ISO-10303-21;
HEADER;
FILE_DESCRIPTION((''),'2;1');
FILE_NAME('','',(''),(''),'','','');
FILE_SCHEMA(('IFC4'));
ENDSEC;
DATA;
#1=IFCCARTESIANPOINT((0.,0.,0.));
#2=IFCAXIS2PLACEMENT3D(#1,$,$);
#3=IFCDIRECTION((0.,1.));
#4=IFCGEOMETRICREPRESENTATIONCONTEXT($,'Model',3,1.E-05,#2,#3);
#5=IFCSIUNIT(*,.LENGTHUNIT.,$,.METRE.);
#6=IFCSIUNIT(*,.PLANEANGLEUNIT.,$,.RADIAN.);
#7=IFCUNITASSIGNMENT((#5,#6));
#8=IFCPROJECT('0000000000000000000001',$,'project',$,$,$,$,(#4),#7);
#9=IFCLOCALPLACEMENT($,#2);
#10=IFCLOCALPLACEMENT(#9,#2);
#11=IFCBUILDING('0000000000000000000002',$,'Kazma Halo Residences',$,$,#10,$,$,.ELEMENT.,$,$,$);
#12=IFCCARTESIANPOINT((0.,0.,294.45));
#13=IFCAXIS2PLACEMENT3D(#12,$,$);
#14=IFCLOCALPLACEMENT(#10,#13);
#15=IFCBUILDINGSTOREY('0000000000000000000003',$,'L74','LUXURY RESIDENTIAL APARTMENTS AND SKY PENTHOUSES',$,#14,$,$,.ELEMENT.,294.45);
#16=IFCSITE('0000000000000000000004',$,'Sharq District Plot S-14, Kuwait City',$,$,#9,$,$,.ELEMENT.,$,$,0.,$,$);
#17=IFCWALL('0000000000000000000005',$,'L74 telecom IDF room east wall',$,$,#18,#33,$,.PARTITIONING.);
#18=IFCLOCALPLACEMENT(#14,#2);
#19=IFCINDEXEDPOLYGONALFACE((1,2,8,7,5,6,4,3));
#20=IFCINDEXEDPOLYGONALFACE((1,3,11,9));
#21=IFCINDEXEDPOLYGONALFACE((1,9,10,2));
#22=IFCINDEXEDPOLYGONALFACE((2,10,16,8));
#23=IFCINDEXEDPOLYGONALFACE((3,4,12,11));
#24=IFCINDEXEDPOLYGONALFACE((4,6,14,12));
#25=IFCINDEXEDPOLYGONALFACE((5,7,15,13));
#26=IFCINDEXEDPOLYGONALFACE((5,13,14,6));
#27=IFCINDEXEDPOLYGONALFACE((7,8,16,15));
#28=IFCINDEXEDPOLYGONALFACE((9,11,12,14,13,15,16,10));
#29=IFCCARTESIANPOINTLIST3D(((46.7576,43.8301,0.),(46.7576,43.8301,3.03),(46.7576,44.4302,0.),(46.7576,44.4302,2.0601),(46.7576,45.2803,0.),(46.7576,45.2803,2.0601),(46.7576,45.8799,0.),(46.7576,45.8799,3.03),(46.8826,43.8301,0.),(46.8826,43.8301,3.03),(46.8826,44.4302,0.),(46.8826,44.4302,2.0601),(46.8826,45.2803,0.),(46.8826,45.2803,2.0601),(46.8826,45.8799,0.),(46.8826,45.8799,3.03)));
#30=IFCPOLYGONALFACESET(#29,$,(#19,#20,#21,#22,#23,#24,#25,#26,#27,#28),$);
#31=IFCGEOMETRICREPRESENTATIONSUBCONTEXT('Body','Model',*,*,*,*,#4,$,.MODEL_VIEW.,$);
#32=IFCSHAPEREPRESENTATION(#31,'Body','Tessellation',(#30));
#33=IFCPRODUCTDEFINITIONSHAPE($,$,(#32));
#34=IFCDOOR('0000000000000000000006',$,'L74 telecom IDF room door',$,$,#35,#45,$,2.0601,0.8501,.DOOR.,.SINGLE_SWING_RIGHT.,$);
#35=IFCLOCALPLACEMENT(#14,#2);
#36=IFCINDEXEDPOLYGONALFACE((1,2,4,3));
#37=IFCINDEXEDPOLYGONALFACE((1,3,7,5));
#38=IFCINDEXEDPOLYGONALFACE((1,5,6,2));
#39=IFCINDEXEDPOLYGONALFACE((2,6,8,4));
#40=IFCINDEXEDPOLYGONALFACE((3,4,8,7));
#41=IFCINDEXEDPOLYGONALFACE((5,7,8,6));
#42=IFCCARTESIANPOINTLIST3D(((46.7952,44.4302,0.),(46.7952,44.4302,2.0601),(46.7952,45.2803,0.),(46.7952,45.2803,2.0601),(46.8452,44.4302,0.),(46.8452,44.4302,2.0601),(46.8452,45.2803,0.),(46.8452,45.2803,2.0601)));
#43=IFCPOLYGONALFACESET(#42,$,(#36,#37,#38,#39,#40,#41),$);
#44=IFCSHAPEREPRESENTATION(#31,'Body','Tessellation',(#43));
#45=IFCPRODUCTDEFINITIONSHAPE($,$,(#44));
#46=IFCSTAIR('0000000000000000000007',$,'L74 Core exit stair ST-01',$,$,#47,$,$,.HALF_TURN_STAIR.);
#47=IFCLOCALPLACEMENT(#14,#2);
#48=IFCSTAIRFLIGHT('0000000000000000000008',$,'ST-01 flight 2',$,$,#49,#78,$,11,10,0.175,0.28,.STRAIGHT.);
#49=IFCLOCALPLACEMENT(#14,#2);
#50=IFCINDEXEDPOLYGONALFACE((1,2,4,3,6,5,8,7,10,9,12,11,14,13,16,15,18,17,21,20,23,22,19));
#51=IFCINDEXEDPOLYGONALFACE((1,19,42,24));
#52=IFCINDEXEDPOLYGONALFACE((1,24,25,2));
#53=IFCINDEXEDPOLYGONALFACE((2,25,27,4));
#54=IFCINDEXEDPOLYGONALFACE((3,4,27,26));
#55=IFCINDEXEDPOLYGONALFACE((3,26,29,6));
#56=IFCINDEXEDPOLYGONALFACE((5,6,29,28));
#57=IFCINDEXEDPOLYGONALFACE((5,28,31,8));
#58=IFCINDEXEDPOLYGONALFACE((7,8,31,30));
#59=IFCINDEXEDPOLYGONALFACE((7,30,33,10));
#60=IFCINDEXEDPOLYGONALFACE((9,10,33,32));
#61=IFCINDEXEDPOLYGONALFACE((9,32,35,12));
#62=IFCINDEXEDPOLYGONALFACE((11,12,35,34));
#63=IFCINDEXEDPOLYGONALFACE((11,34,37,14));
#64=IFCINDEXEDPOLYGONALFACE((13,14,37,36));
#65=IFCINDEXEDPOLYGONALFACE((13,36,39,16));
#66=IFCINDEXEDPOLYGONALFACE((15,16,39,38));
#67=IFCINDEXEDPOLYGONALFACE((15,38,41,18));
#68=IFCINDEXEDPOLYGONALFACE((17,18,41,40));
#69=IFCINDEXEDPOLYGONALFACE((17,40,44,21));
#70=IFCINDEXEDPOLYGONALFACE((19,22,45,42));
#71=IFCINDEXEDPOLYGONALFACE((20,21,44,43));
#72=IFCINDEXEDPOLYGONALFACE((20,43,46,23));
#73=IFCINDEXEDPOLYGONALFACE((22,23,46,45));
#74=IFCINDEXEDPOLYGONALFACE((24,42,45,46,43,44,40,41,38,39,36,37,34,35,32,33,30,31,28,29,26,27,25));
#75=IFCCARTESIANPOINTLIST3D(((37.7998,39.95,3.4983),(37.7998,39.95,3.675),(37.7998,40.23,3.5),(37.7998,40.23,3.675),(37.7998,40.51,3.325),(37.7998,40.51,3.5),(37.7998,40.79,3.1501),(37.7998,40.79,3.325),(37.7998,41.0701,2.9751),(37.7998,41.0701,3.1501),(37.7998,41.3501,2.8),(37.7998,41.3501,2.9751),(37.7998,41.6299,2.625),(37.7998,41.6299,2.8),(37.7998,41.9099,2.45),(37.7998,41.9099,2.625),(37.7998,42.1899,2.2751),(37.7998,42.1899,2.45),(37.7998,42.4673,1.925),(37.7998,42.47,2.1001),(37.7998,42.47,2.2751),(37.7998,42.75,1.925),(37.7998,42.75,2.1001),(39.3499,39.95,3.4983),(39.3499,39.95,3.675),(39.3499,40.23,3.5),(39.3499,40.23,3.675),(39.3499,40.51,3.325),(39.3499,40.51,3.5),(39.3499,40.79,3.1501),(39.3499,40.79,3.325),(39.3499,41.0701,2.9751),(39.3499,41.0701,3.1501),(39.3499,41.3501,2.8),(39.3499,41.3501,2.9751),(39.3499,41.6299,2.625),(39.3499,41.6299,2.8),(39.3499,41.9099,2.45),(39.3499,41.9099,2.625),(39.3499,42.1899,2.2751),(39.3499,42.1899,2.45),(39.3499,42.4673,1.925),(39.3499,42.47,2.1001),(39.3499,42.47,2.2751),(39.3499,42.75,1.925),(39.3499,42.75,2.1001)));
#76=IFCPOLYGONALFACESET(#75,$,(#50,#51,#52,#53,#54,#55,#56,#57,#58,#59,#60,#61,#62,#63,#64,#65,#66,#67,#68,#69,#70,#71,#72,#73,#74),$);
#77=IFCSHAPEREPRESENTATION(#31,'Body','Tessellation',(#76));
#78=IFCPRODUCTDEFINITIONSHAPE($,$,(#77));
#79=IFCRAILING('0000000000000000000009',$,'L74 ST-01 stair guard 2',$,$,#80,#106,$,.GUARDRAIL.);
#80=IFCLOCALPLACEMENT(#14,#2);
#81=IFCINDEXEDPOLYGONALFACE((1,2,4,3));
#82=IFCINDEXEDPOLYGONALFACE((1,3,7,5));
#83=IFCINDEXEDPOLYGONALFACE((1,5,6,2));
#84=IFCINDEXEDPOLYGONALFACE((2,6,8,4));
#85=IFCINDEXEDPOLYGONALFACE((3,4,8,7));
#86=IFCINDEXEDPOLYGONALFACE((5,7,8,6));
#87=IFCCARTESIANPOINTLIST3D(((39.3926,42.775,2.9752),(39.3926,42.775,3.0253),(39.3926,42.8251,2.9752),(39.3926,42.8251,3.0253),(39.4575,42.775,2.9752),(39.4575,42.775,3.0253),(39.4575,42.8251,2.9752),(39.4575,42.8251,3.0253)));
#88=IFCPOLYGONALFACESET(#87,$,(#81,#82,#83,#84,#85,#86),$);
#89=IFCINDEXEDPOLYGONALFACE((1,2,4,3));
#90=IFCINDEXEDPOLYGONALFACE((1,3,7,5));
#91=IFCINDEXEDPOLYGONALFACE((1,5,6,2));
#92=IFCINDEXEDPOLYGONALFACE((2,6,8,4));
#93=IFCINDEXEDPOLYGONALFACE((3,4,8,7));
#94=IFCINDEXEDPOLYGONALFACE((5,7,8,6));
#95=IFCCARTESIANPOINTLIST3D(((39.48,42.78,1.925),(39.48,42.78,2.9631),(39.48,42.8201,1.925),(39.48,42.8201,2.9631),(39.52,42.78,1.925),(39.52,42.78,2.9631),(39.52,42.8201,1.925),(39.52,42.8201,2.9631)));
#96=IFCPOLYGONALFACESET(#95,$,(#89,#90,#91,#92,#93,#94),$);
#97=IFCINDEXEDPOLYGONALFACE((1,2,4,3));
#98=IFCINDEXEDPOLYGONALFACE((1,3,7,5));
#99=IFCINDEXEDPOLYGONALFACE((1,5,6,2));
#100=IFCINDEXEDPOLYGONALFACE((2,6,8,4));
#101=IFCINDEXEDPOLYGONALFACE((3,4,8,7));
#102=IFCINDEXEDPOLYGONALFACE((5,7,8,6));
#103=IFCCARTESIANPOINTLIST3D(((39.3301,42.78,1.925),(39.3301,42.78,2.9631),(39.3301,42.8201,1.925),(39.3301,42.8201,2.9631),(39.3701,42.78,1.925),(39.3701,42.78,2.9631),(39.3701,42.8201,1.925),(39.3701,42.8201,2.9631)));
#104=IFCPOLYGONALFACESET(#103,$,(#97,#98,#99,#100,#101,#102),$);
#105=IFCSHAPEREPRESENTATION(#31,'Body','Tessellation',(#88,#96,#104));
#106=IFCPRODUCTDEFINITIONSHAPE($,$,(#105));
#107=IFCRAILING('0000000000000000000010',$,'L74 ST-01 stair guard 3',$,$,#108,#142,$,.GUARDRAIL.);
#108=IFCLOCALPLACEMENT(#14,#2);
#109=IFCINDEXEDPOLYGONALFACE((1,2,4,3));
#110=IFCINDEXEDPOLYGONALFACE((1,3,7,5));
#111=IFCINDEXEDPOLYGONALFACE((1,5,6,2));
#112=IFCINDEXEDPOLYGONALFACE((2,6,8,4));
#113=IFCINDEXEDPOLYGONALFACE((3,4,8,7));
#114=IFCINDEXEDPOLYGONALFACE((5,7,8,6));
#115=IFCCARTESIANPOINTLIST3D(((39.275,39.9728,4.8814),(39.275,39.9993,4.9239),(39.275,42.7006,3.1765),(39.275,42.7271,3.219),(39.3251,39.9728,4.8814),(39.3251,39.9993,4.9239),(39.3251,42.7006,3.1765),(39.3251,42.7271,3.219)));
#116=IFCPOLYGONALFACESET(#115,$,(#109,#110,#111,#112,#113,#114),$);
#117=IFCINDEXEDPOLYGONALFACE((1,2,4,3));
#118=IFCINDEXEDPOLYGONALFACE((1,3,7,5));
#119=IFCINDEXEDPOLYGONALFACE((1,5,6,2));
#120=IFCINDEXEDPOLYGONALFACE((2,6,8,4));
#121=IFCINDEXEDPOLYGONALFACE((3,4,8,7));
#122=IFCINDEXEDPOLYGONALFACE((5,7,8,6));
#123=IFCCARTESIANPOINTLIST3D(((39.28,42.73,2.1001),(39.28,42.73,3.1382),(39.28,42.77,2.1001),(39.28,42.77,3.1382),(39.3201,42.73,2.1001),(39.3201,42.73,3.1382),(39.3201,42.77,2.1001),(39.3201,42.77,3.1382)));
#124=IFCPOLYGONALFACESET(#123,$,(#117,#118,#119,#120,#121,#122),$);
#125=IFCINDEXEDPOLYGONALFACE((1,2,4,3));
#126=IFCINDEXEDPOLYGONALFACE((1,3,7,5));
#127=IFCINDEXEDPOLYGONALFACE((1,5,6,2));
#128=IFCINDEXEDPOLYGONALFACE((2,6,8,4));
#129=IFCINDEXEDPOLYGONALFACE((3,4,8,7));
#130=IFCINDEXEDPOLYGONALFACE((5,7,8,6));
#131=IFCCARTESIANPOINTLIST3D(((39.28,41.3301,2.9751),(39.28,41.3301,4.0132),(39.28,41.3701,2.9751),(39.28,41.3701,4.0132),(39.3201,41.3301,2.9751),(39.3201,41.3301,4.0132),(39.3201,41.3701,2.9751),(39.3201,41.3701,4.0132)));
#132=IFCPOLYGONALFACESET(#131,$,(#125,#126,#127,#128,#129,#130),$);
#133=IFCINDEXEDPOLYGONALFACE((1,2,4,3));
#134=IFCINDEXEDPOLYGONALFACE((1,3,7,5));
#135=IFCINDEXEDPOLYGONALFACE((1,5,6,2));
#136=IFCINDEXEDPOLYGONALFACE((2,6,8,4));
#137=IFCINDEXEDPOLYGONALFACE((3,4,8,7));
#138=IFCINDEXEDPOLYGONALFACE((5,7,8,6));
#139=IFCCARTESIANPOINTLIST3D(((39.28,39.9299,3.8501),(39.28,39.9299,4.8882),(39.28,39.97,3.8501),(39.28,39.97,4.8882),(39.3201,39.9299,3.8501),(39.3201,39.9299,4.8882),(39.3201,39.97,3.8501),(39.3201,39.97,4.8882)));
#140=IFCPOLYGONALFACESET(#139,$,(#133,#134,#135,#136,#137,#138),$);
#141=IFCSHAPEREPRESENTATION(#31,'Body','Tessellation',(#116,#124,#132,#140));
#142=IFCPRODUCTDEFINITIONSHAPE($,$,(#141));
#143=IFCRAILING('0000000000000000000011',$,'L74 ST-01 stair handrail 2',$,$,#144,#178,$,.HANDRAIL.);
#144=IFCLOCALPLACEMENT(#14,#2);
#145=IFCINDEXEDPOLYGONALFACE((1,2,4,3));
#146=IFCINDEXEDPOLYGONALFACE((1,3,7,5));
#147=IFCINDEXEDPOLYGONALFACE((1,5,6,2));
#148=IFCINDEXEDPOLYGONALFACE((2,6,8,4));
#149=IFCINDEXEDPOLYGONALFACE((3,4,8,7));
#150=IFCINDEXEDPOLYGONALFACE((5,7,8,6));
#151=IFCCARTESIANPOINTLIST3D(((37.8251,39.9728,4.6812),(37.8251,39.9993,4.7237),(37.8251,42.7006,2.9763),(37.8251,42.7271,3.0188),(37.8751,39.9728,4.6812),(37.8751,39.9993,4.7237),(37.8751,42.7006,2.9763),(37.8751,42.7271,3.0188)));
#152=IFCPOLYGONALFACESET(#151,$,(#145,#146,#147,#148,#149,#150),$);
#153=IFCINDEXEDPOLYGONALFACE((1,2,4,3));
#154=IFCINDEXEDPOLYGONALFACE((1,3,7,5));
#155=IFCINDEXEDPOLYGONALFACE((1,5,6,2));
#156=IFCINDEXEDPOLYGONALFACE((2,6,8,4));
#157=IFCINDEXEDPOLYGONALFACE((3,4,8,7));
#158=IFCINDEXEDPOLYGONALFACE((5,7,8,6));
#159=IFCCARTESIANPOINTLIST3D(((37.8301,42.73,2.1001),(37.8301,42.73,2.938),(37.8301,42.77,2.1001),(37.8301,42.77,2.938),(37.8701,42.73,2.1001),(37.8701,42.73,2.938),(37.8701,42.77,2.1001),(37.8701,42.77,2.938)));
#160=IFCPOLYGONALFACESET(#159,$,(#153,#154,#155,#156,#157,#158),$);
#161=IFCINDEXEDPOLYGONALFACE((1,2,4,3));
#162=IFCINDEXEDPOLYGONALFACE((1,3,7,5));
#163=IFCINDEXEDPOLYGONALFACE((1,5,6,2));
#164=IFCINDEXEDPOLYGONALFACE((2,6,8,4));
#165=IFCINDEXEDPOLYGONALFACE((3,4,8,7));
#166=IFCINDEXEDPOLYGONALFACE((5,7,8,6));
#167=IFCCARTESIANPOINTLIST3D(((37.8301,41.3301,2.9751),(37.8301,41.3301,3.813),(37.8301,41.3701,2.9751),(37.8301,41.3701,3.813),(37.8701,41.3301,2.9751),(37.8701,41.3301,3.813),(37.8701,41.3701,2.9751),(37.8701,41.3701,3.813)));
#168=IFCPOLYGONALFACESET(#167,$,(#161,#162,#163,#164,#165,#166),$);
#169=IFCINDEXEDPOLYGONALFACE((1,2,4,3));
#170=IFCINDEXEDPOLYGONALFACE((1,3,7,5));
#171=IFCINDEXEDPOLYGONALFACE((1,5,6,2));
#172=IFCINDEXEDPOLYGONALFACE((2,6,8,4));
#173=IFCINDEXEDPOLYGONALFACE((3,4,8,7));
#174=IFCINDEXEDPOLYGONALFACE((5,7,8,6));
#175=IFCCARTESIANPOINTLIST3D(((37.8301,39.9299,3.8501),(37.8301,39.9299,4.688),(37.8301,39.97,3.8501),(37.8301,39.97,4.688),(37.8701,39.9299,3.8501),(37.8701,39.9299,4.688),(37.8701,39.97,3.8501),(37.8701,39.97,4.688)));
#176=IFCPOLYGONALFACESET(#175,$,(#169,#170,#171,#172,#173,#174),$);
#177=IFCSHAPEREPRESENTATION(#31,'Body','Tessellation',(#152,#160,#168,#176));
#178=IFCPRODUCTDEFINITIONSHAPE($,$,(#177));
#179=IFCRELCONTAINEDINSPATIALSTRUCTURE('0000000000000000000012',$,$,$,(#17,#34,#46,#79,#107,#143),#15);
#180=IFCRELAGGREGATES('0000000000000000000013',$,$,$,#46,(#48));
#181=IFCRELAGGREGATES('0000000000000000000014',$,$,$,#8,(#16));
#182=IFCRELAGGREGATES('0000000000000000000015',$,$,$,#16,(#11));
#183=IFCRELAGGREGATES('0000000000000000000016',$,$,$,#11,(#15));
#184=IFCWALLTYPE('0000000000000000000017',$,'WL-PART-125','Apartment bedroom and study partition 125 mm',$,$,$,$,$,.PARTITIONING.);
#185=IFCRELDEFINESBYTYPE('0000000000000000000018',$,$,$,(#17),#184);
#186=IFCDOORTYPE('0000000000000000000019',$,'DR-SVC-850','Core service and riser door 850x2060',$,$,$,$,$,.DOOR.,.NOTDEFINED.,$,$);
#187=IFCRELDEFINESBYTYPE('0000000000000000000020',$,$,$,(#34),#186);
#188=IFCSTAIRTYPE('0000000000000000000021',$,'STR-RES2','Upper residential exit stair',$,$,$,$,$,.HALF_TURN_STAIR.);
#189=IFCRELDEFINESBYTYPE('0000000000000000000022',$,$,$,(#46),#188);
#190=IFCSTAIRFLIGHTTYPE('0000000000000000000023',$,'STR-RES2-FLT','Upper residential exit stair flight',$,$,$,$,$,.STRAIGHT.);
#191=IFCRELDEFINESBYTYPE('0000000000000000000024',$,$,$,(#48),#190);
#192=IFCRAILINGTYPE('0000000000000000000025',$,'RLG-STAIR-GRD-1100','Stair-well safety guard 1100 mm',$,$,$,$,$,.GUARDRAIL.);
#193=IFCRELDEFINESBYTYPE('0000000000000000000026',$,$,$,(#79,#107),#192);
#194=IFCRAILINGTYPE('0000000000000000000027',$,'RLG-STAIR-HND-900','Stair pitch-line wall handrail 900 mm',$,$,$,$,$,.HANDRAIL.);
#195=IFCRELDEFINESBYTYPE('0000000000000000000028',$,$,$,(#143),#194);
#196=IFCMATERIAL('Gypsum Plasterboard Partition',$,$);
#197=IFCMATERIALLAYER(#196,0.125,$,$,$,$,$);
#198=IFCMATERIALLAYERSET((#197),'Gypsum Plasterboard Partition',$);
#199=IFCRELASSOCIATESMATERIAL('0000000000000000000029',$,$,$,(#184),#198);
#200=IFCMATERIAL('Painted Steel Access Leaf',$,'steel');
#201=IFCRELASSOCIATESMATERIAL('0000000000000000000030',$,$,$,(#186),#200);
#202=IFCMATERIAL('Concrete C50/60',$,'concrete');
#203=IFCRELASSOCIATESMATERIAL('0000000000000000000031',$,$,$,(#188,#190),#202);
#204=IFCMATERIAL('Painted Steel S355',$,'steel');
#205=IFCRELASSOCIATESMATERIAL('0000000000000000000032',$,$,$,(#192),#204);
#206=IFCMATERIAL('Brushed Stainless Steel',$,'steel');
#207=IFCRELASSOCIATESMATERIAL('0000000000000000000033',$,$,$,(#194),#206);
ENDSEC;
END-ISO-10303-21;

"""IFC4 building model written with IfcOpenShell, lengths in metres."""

from ifc_helpers import new_model, si_unit, direction, frame, frame_2d, origin, origin_2d, place, context, subcontext, project, spatial, polyline, rectangle, outline, extrude, material, layer, layer_set, type_object, element, fill, aggregate, save


model = new_model("IFC4")

# Units and contexts
model_context = context("Model", 3, precision=1e-05, world=origin(), true_north=direction((0.0, 1.0)))
body_context = subcontext(model_context, "Body", "Model", "MODEL_VIEW")
ifc_project = project(units=[si_unit("LENGTHUNIT", "METRE"), si_unit("PLANEANGLEUNIT", "RADIAN")], contexts=[model_context])

# Site, building, storey
site_placement = place(None, origin())
site = spatial("IfcSite", under=ifc_project, at=site_placement, Name="Sharq District Plot S-14, Kuwait City", CompositionType="ELEMENT", RefElevation=0.0)
building_placement = place(site_placement, origin())
building = spatial("IfcBuilding", under=site, at=building_placement, Name="Kazma Halo Residences", CompositionType="ELEMENT")
storey_placement = place(building_placement, frame((0.0, 0.0, 294.45)))
storey = spatial("IfcBuildingStorey", under=building, at=storey_placement, Name="L74", Description="LUXURY RESIDENTIAL APARTMENTS AND SKY PENTHOUSES", CompositionType="ELEMENT", Elevation=294.45)

# Shared definitions
ifc_material_1 = material(Name="Gypsum Plasterboard Partition")
ifc_layer_1 = layer(ifc_material_1, 0.125)
ifc_layer_set_1 = layer_set([ifc_layer_1], Name="Gypsum Plasterboard Partition")
wall_type_1 = type_object("IfcWallType", Name="WL-PART-125", Description="Apartment bedroom and study partition 125 mm", PredefinedType="PARTITIONING", material=ifc_layer_set_1)

# Shared definitions
ifc_material_2 = material(Name="Painted Steel Access Leaf", Category="steel")
door_type_1 = type_object("IfcDoorType", Name="DR-SVC-850", Description="Core service and riser door 850x2060", OperationType="NOTDEFINED", PredefinedType="DOOR", material=ifc_material_2)

# Wall, opening, door
wall_1_placement = place(storey_placement, frame((46.8201, 43.8301, 0.0), z_axis=(0.0, 0.0, 1.0), x_axis=(0.0, 1.0, 0.0)))
wall_1 = element("IfcWall", 1, at=wall_1_placement, inside=storey, type_object=wall_type_1, Name="L74 telecom IDF room east wall", PredefinedType="PARTITIONING", context=body_context, shape_type="SweptSolid", body=[
    extrude(rectangle(XDim=2.0498, YDim=0.125, at=frame_2d((1.0249, 0.0))), origin(), (0.0, 0.0, 1.0), 3.03),
])
opening_1_placement = place(wall_1_placement, frame((0.6001, 0.0, 0.0)))
opening_1 = element("IfcOpeningElement", 2, at=opening_1_placement, cuts=wall_1, PredefinedType="OPENING", context=body_context, shape_type="SweptSolid", body=[
    extrude(rectangle(XDim=0.8501, YDim=2.0601, at=frame_2d((0.425, 1.03))), frame((0.0, 0.0725, 0.0), z_axis=(0.0, -1.0, 0.0), x_axis=(1.0, 0.0, 0.0)), (0.0, 0.0, 1.0), 0.145),
])
door_1_placement = place(opening_1_placement, origin())
door_1 = element("IfcDoor", 3, at=door_1_placement, inside=storey, type_object=door_type_1, Name="L74 telecom IDF room door", OperationType="SINGLE_SWING_RIGHT", OverallHeight=2.0601, OverallWidth=0.8501, PredefinedType="DOOR", context=body_context, shape_type="SweptSolid", body=[
    extrude(rectangle(XDim=0.8501, YDim=2.0601, at=frame_2d((0.425, 1.03))), frame((0.0, 0.0249, 0.0), z_axis=(0.0, -1.0, 0.0), x_axis=(1.0, 0.0, 0.0)), (0.0, 0.0, 1.0), 0.05),
])
fill(opening_1, door_1)

# Stair, stair flight
ifc_material_3 = material(Name="Concrete C50/60", Category="concrete")
stair_type = type_object("IfcStairType", Name="STR-RES2", Description="Upper residential exit stair", PredefinedType="HALF_TURN_STAIR", material=ifc_material_3)
stair_placement = place(storey_placement, origin())
stair = element("IfcStair", 4, at=stair_placement, inside=storey, type_object=stair_type, Name="L74 Core exit stair ST-01", PredefinedType="HALF_TURN_STAIR")
stair_flight_type = type_object("IfcStairFlightType", Name="STR-RES2-FLT", Description="Upper residential exit stair flight", PredefinedType="STRAIGHT", material=ifc_material_3)
stair_flight_placement = place(storey_placement, frame((38.575, 42.75, 1.925), z_axis=(0.0, 0.0, 1.0), x_axis=(0.0, -1.0, 0.0)))
stair_flight = element("IfcStairFlight", 5, at=stair_flight_placement, type_object=stair_flight_type, Name="ST-01 flight 2", NumberOfRisers=11, NumberOfTreads=10, PredefinedType="STRAIGHT", RiserHeight=0.175, TreadLength=0.28, context=body_context, shape_type="SweptSolid", body=[
    extrude(outline(polyline([(0.0, 0.0), (0.0, 0.175), (0.28, 0.175), (0.28, 0.3501), (0.5601, 0.3501), (0.5601, 0.5249), (0.8401, 0.5249), (0.8401, 0.7), (1.1201, 0.7), (1.1201, 0.875), (1.3999, 0.875), (1.3999, 1.05), (1.6799, 1.05), (1.6799, 1.2251), (1.96, 1.2251), (1.96, 1.3999), (2.24, 1.3999), (2.24, 1.575), (2.52, 1.575), (2.52, 1.75), (2.8, 1.75), (2.8, 1.925), (2.8, 1.5732), (0.2827, 0.0), (0.0, 0.0)])), frame((0.0, 0.7749, 0.0), z_axis=(0.0, -1.0, 0.0), x_axis=(1.0, 0.0, 0.0)), (0.0, 0.0, 1.0), 1.55),
])
aggregate(stair, [stair_flight])

# Railings
ifc_material_4 = material(Name="Painted Steel S355", Category="steel")
railing_type_1 = type_object("IfcRailingType", Name="RLG-STAIR-GRD-1100", Description="Stair-well safety guard 1100 mm", PredefinedType="GUARDRAIL", material=ifc_material_4)
railing_1_placement = place(storey_placement, frame((39.5, 42.8, 1.925)))
element("IfcRailing", 6, at=railing_1_placement, inside=storey, type_object=railing_type_1, Name="L74 ST-01 stair guard 2", PredefinedType="GUARDRAIL", context=body_context, shape_type="SweptSolid", body=[
    extrude(rectangle(XDim=0.05, YDim=0.05, at=origin_2d()), frame((-0.0425, 0.0, 1.0752), z_axis=(-1.0, 0.0, 0.0), x_axis=(0.0, -1.0, 0.0)), (0.0, 0.0, 1.0), 0.0649),
    extrude(rectangle(XDim=0.04, YDim=0.04, at=origin_2d()), origin(), (0.0, 0.0, 1.0), 1.0381),
    extrude(rectangle(XDim=0.04, YDim=0.04, at=origin_2d()), frame((-0.1499, 0.0, 0.0)), (0.0, 0.0, 1.0), 1.0381),
])
railing_2_placement = place(storey_placement, frame((39.3, 42.75, 2.1001)))
element("IfcRailing", 7, at=railing_2_placement, inside=storey, type_object=railing_type_1, Name="L74 ST-01 stair guard 3", PredefinedType="GUARDRAIL", context=body_context, shape_type="SweptSolid", body=[
    extrude(rectangle(XDim=0.05, YDim=0.05, at=origin_2d()), frame((0.0, -0.0361, 1.0977), z_axis=(0.0, -0.848002, 0.529992), x_axis=(1.0, 0.0, 0.0)), (0.0, 0.0, 1.0), 3.2168),
    extrude(rectangle(XDim=0.04, YDim=0.04, at=origin_2d()), origin(), (0.0, 0.0, 1.0), 1.0381),
    extrude(rectangle(XDim=0.04, YDim=0.04, at=origin_2d()), frame((0.0, -1.3999, 0.875)), (0.0, 0.0, 1.0), 1.0381),
    extrude(rectangle(XDim=0.04, YDim=0.04, at=origin_2d()), frame((0.0, -2.8, 1.75)), (0.0, 0.0, 1.0), 1.0381),
])
ifc_material_5 = material(Name="Brushed Stainless Steel", Category="steel")
railing_type_2 = type_object("IfcRailingType", Name="RLG-STAIR-HND-900", Description="Stair pitch-line wall handrail 900 mm", PredefinedType="HANDRAIL", material=ifc_material_5)
railing_3_placement = place(storey_placement, frame((37.8501, 42.75, 2.1001)))
element("IfcRailing", 8, at=railing_3_placement, inside=storey, type_object=railing_type_2, Name="L74 ST-01 stair handrail 2", PredefinedType="HANDRAIL", context=body_context, shape_type="SweptSolid", body=[
    extrude(rectangle(XDim=0.05, YDim=0.05, at=origin_2d()), frame((0.0, -0.0361, 0.8975), z_axis=(0.0, -0.848002, 0.529992), x_axis=(1.0, 0.0, 0.0)), (0.0, 0.0, 1.0), 3.2168),
    extrude(rectangle(XDim=0.04, YDim=0.04, at=origin_2d()), origin(), (0.0, 0.0, 1.0), 0.8379),
    extrude(rectangle(XDim=0.04, YDim=0.04, at=origin_2d()), frame((0.0, -1.3999, 0.875)), (0.0, 0.0, 1.0), 0.8379),
    extrude(rectangle(XDim=0.04, YDim=0.04, at=origin_2d()), frame((0.0, -2.8, 1.75)), (0.0, 0.0, 1.0), 0.8379),
])

save(model, "model.ifc")
